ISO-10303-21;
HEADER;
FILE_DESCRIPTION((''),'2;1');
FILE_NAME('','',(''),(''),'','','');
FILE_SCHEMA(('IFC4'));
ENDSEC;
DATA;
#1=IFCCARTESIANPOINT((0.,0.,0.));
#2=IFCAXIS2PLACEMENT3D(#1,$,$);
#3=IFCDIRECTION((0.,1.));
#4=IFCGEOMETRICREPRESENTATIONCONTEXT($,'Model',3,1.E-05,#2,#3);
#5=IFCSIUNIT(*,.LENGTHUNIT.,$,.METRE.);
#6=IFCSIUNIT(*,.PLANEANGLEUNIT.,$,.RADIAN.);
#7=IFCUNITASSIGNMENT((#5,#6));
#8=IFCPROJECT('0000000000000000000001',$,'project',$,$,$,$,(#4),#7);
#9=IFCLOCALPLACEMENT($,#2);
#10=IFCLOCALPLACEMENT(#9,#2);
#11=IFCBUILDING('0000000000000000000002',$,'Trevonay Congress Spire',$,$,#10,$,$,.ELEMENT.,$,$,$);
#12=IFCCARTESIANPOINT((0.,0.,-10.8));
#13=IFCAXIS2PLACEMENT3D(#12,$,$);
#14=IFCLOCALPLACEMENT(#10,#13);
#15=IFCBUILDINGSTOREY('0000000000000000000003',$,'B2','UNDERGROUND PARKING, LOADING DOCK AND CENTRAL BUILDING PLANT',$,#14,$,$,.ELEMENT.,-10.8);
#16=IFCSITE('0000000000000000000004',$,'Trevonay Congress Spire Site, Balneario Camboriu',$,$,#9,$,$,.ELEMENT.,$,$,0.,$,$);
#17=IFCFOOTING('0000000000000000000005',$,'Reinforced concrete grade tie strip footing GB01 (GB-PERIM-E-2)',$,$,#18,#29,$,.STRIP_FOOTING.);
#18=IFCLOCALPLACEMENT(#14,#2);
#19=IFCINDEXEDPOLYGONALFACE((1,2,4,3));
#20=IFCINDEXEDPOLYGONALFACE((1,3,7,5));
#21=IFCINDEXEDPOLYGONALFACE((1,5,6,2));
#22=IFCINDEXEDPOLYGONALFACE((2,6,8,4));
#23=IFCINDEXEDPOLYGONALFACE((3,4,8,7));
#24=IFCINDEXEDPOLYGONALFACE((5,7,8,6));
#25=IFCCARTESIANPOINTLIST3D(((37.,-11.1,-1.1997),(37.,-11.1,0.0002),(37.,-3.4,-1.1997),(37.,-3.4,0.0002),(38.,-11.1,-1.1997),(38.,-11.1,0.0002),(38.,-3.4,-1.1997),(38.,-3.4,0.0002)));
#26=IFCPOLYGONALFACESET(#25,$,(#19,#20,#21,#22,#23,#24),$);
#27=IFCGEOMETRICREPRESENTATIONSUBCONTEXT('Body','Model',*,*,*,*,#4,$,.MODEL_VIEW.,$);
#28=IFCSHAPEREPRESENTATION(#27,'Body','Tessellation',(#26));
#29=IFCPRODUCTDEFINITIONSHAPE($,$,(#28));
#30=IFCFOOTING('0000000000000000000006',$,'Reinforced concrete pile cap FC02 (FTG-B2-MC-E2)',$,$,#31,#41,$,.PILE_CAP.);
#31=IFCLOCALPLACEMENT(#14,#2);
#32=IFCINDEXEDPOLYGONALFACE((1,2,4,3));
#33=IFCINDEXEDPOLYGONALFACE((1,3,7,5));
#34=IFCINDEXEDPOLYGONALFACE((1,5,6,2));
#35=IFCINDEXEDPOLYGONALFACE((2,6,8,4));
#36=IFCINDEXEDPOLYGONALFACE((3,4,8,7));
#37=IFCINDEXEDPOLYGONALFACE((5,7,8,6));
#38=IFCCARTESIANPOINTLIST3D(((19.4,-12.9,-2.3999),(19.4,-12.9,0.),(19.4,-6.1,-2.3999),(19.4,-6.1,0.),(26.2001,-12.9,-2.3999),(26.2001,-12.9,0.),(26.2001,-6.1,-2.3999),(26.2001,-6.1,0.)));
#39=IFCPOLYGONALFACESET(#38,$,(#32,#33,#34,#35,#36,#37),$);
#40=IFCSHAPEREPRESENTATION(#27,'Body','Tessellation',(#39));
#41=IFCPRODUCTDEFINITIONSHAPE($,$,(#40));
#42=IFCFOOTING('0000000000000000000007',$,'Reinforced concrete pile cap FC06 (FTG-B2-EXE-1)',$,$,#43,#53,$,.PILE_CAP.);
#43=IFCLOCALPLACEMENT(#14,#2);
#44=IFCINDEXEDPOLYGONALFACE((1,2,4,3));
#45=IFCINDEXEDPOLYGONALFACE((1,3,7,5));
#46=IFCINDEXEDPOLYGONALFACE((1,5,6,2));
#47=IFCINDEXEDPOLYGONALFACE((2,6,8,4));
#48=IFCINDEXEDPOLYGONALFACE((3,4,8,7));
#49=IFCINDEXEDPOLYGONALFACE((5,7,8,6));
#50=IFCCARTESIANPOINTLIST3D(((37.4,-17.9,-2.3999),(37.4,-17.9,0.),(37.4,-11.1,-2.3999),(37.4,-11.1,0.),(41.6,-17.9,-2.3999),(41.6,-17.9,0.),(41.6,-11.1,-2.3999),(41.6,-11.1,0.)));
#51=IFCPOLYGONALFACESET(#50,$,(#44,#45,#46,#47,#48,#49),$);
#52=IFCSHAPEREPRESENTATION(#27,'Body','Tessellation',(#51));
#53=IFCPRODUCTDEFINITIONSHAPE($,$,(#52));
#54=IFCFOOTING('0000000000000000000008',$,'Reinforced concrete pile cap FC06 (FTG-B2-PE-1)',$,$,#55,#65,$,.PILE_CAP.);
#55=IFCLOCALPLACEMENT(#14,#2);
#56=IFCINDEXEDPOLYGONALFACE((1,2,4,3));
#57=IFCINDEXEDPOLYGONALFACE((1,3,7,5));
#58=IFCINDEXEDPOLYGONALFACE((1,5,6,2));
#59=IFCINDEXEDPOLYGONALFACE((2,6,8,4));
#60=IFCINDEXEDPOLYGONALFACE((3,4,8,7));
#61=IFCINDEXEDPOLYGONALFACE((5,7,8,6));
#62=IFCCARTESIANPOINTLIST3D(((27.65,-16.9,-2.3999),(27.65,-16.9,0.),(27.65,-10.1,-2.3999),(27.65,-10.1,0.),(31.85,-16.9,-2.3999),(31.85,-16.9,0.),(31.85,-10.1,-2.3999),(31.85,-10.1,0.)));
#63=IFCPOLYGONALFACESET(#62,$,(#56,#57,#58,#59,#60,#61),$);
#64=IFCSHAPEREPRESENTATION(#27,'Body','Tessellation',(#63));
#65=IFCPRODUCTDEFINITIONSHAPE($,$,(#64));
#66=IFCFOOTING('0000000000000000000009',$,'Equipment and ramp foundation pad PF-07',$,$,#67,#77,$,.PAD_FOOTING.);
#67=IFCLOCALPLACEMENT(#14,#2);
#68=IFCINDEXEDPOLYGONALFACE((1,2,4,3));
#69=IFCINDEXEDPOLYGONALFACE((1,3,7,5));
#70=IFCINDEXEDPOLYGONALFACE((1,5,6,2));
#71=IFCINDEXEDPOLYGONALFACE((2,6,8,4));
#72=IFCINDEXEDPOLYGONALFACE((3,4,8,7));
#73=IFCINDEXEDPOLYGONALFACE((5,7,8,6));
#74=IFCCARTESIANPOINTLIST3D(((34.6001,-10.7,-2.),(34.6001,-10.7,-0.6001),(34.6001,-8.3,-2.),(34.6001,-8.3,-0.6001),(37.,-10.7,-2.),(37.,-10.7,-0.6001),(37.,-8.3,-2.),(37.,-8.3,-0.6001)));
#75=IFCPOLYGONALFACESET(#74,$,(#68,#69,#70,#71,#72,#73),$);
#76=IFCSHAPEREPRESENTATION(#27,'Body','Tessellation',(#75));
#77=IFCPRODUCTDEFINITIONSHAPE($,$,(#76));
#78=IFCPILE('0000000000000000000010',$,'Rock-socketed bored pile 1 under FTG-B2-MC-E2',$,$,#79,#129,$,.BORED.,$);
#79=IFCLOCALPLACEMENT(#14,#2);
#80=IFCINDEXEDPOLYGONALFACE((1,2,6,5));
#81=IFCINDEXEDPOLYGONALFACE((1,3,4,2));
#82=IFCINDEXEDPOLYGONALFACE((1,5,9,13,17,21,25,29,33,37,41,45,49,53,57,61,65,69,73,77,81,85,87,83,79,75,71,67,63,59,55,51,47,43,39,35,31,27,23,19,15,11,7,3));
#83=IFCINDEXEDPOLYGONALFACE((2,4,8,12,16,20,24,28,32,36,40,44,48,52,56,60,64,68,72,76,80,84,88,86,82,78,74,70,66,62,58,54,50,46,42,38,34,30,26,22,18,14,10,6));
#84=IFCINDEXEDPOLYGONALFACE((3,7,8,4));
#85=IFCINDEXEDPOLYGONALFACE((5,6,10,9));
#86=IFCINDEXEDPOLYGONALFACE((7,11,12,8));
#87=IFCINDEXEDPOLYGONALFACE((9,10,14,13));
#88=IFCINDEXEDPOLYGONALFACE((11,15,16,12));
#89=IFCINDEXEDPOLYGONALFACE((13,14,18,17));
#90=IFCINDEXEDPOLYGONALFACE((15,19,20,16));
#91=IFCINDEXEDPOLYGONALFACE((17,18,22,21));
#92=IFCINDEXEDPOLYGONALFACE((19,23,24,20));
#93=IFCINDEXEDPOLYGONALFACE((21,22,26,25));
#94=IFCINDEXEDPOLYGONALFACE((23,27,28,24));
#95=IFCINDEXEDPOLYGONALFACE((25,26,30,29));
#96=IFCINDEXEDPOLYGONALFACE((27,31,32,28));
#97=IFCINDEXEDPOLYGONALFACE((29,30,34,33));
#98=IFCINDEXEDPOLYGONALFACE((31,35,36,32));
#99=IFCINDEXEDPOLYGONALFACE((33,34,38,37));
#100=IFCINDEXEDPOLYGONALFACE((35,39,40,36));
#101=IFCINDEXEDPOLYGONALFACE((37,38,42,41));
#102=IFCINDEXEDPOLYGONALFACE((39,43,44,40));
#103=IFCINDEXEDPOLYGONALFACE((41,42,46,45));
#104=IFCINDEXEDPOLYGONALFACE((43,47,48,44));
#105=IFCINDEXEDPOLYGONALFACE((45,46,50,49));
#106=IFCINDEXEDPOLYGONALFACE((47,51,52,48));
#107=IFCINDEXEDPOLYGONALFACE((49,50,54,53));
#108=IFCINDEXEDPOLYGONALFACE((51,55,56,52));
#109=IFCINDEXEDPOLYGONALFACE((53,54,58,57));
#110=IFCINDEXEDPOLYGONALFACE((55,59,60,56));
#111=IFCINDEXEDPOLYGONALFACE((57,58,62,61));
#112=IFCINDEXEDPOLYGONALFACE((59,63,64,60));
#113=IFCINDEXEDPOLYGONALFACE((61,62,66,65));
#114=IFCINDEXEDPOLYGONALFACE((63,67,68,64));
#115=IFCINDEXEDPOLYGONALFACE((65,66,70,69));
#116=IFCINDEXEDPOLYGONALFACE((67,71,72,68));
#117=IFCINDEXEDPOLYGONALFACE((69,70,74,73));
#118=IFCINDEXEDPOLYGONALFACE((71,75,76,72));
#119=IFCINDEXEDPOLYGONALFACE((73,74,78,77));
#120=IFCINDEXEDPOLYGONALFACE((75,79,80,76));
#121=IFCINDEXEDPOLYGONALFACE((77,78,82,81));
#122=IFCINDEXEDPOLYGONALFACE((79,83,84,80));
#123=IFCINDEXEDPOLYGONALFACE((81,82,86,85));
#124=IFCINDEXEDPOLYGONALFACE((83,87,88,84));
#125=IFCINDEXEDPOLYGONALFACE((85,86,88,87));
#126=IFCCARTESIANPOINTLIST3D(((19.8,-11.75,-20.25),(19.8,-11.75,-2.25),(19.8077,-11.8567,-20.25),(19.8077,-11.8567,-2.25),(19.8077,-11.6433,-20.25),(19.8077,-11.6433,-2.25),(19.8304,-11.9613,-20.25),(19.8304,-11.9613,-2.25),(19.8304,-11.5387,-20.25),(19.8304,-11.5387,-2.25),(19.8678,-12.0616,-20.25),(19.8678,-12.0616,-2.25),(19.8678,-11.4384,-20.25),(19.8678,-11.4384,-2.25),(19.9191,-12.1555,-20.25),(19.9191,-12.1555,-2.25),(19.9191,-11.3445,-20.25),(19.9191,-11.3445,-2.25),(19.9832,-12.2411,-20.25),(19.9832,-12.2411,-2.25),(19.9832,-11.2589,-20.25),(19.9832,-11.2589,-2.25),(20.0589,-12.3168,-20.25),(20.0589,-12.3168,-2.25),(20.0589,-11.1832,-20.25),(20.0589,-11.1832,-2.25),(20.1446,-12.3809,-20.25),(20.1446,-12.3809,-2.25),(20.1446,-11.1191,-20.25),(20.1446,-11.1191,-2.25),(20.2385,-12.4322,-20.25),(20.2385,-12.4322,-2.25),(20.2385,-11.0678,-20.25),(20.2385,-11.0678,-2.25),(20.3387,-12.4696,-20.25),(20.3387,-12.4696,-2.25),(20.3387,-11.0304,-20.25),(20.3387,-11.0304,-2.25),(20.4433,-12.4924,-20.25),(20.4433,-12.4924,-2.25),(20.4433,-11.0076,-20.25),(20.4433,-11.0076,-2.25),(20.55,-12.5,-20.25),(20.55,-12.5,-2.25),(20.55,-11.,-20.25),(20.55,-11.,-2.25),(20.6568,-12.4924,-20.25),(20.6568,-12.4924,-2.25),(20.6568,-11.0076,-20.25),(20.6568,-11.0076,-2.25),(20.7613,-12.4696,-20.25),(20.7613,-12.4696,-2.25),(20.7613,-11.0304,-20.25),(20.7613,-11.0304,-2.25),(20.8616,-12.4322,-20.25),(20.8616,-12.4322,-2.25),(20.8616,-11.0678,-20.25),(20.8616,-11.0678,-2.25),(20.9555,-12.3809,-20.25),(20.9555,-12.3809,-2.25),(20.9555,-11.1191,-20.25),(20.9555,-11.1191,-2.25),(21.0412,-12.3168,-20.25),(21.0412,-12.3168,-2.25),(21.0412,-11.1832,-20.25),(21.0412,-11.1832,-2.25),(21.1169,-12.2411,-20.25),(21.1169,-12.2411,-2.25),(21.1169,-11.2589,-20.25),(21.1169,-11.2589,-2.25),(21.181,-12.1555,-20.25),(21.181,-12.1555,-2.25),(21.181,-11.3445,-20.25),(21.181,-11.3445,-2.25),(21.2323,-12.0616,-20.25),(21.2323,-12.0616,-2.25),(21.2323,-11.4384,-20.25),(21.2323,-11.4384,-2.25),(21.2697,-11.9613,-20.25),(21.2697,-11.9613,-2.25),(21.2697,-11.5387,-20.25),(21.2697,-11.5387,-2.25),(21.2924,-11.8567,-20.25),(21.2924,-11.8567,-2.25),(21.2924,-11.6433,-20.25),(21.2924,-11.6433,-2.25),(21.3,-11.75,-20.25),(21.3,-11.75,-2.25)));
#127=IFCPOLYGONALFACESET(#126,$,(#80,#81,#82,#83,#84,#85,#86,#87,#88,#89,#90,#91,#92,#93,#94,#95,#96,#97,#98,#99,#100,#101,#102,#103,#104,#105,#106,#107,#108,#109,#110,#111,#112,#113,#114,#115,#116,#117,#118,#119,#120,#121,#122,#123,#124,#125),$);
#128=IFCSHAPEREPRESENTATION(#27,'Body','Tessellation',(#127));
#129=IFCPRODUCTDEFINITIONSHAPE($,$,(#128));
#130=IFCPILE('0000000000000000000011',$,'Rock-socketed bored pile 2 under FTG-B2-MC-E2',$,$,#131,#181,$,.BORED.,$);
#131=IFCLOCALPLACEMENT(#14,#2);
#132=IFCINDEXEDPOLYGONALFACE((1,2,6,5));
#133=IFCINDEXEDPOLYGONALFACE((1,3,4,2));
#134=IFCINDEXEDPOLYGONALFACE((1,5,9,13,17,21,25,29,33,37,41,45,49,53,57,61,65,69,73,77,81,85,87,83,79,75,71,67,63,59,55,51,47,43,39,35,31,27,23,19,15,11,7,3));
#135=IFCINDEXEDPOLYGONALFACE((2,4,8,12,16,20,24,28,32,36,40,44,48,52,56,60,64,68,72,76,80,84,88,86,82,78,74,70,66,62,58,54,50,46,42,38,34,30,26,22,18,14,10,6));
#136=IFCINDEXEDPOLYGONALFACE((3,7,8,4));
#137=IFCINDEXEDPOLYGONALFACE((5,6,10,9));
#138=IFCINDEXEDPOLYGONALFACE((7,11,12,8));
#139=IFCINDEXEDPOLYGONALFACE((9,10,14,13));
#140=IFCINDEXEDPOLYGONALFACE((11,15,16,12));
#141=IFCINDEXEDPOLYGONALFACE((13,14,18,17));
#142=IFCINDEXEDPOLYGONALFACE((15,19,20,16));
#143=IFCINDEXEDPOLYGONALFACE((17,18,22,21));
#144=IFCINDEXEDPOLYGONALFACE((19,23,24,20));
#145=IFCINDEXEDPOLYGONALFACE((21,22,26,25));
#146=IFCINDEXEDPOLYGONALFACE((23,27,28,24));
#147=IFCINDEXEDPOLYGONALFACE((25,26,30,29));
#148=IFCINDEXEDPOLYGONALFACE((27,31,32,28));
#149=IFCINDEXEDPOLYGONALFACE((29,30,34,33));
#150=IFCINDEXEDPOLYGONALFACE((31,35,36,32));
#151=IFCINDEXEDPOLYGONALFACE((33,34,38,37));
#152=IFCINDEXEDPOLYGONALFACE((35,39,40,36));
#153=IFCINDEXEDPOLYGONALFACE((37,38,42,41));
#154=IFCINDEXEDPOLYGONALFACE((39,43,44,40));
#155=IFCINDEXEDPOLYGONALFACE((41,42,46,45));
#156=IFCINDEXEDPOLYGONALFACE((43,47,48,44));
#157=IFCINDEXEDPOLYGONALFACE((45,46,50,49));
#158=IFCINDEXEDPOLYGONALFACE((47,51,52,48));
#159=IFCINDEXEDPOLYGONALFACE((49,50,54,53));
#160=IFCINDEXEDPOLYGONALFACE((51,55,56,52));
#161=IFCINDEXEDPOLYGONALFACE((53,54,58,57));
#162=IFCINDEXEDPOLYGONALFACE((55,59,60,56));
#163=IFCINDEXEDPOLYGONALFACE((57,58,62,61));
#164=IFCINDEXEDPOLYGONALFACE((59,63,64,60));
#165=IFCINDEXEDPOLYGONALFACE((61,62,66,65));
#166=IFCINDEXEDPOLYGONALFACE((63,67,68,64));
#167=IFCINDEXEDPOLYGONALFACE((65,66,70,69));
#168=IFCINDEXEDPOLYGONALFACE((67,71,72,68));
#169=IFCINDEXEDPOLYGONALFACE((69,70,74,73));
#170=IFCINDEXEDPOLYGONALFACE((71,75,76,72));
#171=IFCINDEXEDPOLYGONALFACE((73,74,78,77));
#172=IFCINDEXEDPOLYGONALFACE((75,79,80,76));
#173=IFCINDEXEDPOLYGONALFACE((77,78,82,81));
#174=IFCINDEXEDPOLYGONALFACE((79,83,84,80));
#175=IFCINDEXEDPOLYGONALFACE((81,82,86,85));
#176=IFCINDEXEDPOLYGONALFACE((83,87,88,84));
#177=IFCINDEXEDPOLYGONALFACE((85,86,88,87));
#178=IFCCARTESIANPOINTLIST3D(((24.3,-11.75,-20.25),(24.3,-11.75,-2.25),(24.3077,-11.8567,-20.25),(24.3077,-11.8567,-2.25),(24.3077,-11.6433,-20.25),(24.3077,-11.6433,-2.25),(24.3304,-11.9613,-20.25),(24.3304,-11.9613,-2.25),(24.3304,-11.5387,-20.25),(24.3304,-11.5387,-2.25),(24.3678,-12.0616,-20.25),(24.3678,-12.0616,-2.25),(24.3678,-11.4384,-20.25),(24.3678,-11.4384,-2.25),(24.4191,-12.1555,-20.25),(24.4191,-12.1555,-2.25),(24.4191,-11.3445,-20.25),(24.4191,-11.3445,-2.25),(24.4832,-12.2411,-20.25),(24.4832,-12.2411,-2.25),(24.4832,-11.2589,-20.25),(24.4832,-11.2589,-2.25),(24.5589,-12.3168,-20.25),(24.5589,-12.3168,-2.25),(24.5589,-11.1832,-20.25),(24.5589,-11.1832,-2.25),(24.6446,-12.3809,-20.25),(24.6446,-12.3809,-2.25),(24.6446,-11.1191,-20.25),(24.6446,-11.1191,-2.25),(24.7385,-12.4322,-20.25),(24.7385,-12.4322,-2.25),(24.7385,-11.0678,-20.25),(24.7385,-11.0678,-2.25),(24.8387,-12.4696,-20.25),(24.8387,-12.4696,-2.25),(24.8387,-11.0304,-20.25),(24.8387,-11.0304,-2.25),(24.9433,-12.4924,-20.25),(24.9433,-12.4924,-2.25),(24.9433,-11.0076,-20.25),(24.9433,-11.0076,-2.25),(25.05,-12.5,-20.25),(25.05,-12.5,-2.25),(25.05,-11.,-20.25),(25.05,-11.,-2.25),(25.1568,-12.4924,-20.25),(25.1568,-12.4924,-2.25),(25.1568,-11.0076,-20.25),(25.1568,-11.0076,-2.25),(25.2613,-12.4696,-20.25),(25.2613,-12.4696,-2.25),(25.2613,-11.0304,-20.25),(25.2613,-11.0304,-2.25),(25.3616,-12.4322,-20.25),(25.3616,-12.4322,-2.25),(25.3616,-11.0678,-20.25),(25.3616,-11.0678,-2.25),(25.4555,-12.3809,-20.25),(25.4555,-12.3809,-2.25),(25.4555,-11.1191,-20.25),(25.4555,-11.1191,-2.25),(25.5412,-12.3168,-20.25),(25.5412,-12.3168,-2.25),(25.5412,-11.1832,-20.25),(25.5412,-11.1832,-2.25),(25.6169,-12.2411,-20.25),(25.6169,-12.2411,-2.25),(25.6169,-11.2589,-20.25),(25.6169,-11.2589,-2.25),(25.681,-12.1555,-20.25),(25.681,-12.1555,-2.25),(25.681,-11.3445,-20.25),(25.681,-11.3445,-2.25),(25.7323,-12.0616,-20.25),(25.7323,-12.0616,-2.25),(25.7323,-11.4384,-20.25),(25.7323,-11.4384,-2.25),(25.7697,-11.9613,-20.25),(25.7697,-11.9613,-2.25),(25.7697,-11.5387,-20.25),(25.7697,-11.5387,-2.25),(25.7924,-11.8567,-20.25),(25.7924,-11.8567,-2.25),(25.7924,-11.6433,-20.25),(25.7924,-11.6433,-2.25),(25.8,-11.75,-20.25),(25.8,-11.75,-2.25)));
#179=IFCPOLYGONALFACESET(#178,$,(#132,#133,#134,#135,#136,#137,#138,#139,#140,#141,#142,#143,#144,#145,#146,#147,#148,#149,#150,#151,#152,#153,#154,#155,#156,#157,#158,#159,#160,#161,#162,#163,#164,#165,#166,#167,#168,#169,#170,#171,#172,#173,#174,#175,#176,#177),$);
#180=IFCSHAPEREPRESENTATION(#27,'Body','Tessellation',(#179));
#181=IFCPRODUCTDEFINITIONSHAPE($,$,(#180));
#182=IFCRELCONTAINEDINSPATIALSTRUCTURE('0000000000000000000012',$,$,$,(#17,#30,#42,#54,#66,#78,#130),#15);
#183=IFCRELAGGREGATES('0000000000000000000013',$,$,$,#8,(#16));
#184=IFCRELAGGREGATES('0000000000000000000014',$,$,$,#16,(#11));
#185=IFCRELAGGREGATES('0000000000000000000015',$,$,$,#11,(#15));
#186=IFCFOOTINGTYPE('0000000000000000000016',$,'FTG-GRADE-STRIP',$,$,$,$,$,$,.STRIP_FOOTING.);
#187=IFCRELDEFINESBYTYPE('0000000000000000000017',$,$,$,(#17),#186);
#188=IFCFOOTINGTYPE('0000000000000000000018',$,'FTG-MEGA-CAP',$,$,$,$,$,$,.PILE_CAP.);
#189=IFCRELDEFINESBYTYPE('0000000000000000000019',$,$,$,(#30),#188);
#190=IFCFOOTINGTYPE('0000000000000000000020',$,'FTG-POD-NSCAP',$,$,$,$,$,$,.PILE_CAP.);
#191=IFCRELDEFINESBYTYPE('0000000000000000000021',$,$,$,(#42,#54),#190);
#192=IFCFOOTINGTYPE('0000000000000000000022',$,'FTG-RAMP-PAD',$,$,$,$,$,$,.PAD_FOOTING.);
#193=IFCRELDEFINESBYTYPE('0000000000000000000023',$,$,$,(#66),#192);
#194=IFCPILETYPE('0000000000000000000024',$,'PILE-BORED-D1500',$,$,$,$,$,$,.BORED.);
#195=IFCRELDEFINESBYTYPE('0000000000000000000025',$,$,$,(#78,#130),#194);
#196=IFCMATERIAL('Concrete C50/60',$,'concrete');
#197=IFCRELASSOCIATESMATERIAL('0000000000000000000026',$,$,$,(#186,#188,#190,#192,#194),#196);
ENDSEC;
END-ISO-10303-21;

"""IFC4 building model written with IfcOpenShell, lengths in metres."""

from ifc_helpers import new_model, si_unit, direction, frame, origin, origin_2d, place, context, subcontext, project, spatial, rectangle, circle, extrude, material, material_profile, profile_set, type_object, element, save


model = new_model("IFC4")

# Units and contexts
model_context = context("Model", 3, precision=1e-05, world=origin(), true_north=direction((0.0, 1.0)))
body_context = subcontext(model_context, "Body", "Model", "MODEL_VIEW")
ifc_project = project(units=[si_unit("LENGTHUNIT", "METRE"), si_unit("PLANEANGLEUNIT", "RADIAN")], contexts=[model_context])

# Site, building, storey
site_placement = place(None, origin())
site = spatial("IfcSite", under=ifc_project, at=site_placement, Name="Trevonay Congress Spire Site, Balneario Camboriu", CompositionType="ELEMENT", RefElevation=0.0)
building_placement = place(site_placement, origin())
building = spatial("IfcBuilding", under=site, at=building_placement, Name="Trevonay Congress Spire", CompositionType="ELEMENT")
storey_placement = place(building_placement, frame((0.0, 0.0, -10.8)))
storey = spatial("IfcBuildingStorey", under=building, at=storey_placement, Name="B2", Description="UNDERGROUND PARKING, LOADING DOCK AND CENTRAL BUILDING PLANT", CompositionType="ELEMENT", Elevation=-10.8)

# Footings
ifc_material_1 = material(Name="Concrete C50/60", Category="concrete")
footing_type_1 = type_object("IfcFootingType", Name="FTG-GRADE-STRIP", PredefinedType="STRIP_FOOTING", material=ifc_material_1)
footing_1_placement = place(storey_placement, frame((37.5, -7.25, -1.1997), z_axis=(0.0, 0.0, 1.0), x_axis=(0.0, 1.0, 0.0)))
element("IfcFooting", 1, at=footing_1_placement, inside=storey, type_object=footing_type_1, Name="Reinforced concrete grade tie strip footing GB01 (GB-PERIM-E-2)", PredefinedType="STRIP_FOOTING", context=body_context, shape_type="SweptSolid", body=[
    extrude(rectangle(XDim=7.7, YDim=1.0, at=origin_2d()), origin(), (0.0, 0.0, 1.0), 1.2),
])
footing_type_2 = type_object("IfcFootingType", Name="FTG-MEGA-CAP", PredefinedType="PILE_CAP", material=ifc_material_1)
footing_2_placement = place(storey_placement, frame((22.8, -9.5, -2.3999), z_axis=(0.0, 0.0, 1.0), x_axis=(1.0, 0.0, 0.0)))
element("IfcFooting", 2, at=footing_2_placement, inside=storey, type_object=footing_type_2, Name="Reinforced concrete pile cap FC02 (FTG-B2-MC-E2)", PredefinedType="PILE_CAP", context=body_context, shape_type="SweptSolid", body=[
    extrude(rectangle(XDim=6.8, YDim=6.8, at=origin_2d()), origin(), (0.0, 0.0, 1.0), 2.3999),
])
footing_type_3 = type_object("IfcFootingType", Name="FTG-POD-NSCAP", PredefinedType="PILE_CAP", material=ifc_material_1)
for number, where, z_axis, x_axis, name in (
    (3, (39.5, -14.5, -2.3999), (0.0, 0.0, 1.0), (1.0, 0.0, 0.0), "Reinforced concrete pile cap FC06 (FTG-B2-EXE-1)"),
    (4, (29.75, -13.5, -2.3999), (0.0, 0.0, 1.0), (1.0, 0.0, 0.0), "Reinforced concrete pile cap FC06 (FTG-B2-PE-1)"),
):
    element("IfcFooting", number, at=place(storey_placement, frame(where, z_axis=z_axis, x_axis=x_axis)), inside=storey, type_object=footing_type_3, Name=name, PredefinedType="PILE_CAP", context=body_context, shape_type="SweptSolid", body=[
        extrude(rectangle(XDim=4.2, YDim=6.8, at=origin_2d()), origin(), (0.0, 0.0, 1.0), 2.3999),
    ])
footing_type_4 = type_object("IfcFootingType", Name="FTG-RAMP-PAD", PredefinedType="PAD_FOOTING", material=ifc_material_1)
footing_3_placement = place(storey_placement, frame((35.8, -9.5, -2.0), z_axis=(0.0, 0.0, 1.0), x_axis=(1.0, 0.0, 0.0)))
element("IfcFooting", 5, at=footing_3_placement, inside=storey, type_object=footing_type_4, Name="Equipment and ramp foundation pad PF-07", PredefinedType="PAD_FOOTING", context=body_context, shape_type="SweptSolid", body=[
    extrude(rectangle(XDim=2.3999, YDim=2.3999, at=origin_2d()), origin(), (0.0, 0.0, 1.0), 1.3999),
])

# Piles
ifc_material_profile_1 = material_profile(ifc_material_1, circle(Radius=0.75, at=origin_2d()), Name="PILE D1500")
ifc_profile_set_1 = profile_set([ifc_material_profile_1], Name="Concrete C50/60")
pile_type = type_object("IfcPileType", Name="PILE-BORED-D1500", PredefinedType="BORED", material=ifc_profile_set_1)
for number, where, z_axis, x_axis, name in (
    (6, (20.55, -11.75, -2.25), (0.0, 0.0, -1.0), (1.0, 0.0, 0.0), "Rock-socketed bored pile 1 under FTG-B2-MC-E2"),
    (7, (25.05, -11.75, -2.25), (0.0, 0.0, -1.0), (1.0, 0.0, 0.0), "Rock-socketed bored pile 2 under FTG-B2-MC-E2"),
):
    element("IfcPile", number, at=place(storey_placement, frame(where, z_axis=z_axis, x_axis=x_axis)), inside=storey, type_object=pile_type, Name=name, PredefinedType="BORED", context=body_context, shape_type="SweptSolid", body=[
        extrude(circle(Radius=0.75, at=origin_2d()), origin(), (0.0, 0.0, 1.0), 18.0),
    ])

save(model, "model.ifc")
